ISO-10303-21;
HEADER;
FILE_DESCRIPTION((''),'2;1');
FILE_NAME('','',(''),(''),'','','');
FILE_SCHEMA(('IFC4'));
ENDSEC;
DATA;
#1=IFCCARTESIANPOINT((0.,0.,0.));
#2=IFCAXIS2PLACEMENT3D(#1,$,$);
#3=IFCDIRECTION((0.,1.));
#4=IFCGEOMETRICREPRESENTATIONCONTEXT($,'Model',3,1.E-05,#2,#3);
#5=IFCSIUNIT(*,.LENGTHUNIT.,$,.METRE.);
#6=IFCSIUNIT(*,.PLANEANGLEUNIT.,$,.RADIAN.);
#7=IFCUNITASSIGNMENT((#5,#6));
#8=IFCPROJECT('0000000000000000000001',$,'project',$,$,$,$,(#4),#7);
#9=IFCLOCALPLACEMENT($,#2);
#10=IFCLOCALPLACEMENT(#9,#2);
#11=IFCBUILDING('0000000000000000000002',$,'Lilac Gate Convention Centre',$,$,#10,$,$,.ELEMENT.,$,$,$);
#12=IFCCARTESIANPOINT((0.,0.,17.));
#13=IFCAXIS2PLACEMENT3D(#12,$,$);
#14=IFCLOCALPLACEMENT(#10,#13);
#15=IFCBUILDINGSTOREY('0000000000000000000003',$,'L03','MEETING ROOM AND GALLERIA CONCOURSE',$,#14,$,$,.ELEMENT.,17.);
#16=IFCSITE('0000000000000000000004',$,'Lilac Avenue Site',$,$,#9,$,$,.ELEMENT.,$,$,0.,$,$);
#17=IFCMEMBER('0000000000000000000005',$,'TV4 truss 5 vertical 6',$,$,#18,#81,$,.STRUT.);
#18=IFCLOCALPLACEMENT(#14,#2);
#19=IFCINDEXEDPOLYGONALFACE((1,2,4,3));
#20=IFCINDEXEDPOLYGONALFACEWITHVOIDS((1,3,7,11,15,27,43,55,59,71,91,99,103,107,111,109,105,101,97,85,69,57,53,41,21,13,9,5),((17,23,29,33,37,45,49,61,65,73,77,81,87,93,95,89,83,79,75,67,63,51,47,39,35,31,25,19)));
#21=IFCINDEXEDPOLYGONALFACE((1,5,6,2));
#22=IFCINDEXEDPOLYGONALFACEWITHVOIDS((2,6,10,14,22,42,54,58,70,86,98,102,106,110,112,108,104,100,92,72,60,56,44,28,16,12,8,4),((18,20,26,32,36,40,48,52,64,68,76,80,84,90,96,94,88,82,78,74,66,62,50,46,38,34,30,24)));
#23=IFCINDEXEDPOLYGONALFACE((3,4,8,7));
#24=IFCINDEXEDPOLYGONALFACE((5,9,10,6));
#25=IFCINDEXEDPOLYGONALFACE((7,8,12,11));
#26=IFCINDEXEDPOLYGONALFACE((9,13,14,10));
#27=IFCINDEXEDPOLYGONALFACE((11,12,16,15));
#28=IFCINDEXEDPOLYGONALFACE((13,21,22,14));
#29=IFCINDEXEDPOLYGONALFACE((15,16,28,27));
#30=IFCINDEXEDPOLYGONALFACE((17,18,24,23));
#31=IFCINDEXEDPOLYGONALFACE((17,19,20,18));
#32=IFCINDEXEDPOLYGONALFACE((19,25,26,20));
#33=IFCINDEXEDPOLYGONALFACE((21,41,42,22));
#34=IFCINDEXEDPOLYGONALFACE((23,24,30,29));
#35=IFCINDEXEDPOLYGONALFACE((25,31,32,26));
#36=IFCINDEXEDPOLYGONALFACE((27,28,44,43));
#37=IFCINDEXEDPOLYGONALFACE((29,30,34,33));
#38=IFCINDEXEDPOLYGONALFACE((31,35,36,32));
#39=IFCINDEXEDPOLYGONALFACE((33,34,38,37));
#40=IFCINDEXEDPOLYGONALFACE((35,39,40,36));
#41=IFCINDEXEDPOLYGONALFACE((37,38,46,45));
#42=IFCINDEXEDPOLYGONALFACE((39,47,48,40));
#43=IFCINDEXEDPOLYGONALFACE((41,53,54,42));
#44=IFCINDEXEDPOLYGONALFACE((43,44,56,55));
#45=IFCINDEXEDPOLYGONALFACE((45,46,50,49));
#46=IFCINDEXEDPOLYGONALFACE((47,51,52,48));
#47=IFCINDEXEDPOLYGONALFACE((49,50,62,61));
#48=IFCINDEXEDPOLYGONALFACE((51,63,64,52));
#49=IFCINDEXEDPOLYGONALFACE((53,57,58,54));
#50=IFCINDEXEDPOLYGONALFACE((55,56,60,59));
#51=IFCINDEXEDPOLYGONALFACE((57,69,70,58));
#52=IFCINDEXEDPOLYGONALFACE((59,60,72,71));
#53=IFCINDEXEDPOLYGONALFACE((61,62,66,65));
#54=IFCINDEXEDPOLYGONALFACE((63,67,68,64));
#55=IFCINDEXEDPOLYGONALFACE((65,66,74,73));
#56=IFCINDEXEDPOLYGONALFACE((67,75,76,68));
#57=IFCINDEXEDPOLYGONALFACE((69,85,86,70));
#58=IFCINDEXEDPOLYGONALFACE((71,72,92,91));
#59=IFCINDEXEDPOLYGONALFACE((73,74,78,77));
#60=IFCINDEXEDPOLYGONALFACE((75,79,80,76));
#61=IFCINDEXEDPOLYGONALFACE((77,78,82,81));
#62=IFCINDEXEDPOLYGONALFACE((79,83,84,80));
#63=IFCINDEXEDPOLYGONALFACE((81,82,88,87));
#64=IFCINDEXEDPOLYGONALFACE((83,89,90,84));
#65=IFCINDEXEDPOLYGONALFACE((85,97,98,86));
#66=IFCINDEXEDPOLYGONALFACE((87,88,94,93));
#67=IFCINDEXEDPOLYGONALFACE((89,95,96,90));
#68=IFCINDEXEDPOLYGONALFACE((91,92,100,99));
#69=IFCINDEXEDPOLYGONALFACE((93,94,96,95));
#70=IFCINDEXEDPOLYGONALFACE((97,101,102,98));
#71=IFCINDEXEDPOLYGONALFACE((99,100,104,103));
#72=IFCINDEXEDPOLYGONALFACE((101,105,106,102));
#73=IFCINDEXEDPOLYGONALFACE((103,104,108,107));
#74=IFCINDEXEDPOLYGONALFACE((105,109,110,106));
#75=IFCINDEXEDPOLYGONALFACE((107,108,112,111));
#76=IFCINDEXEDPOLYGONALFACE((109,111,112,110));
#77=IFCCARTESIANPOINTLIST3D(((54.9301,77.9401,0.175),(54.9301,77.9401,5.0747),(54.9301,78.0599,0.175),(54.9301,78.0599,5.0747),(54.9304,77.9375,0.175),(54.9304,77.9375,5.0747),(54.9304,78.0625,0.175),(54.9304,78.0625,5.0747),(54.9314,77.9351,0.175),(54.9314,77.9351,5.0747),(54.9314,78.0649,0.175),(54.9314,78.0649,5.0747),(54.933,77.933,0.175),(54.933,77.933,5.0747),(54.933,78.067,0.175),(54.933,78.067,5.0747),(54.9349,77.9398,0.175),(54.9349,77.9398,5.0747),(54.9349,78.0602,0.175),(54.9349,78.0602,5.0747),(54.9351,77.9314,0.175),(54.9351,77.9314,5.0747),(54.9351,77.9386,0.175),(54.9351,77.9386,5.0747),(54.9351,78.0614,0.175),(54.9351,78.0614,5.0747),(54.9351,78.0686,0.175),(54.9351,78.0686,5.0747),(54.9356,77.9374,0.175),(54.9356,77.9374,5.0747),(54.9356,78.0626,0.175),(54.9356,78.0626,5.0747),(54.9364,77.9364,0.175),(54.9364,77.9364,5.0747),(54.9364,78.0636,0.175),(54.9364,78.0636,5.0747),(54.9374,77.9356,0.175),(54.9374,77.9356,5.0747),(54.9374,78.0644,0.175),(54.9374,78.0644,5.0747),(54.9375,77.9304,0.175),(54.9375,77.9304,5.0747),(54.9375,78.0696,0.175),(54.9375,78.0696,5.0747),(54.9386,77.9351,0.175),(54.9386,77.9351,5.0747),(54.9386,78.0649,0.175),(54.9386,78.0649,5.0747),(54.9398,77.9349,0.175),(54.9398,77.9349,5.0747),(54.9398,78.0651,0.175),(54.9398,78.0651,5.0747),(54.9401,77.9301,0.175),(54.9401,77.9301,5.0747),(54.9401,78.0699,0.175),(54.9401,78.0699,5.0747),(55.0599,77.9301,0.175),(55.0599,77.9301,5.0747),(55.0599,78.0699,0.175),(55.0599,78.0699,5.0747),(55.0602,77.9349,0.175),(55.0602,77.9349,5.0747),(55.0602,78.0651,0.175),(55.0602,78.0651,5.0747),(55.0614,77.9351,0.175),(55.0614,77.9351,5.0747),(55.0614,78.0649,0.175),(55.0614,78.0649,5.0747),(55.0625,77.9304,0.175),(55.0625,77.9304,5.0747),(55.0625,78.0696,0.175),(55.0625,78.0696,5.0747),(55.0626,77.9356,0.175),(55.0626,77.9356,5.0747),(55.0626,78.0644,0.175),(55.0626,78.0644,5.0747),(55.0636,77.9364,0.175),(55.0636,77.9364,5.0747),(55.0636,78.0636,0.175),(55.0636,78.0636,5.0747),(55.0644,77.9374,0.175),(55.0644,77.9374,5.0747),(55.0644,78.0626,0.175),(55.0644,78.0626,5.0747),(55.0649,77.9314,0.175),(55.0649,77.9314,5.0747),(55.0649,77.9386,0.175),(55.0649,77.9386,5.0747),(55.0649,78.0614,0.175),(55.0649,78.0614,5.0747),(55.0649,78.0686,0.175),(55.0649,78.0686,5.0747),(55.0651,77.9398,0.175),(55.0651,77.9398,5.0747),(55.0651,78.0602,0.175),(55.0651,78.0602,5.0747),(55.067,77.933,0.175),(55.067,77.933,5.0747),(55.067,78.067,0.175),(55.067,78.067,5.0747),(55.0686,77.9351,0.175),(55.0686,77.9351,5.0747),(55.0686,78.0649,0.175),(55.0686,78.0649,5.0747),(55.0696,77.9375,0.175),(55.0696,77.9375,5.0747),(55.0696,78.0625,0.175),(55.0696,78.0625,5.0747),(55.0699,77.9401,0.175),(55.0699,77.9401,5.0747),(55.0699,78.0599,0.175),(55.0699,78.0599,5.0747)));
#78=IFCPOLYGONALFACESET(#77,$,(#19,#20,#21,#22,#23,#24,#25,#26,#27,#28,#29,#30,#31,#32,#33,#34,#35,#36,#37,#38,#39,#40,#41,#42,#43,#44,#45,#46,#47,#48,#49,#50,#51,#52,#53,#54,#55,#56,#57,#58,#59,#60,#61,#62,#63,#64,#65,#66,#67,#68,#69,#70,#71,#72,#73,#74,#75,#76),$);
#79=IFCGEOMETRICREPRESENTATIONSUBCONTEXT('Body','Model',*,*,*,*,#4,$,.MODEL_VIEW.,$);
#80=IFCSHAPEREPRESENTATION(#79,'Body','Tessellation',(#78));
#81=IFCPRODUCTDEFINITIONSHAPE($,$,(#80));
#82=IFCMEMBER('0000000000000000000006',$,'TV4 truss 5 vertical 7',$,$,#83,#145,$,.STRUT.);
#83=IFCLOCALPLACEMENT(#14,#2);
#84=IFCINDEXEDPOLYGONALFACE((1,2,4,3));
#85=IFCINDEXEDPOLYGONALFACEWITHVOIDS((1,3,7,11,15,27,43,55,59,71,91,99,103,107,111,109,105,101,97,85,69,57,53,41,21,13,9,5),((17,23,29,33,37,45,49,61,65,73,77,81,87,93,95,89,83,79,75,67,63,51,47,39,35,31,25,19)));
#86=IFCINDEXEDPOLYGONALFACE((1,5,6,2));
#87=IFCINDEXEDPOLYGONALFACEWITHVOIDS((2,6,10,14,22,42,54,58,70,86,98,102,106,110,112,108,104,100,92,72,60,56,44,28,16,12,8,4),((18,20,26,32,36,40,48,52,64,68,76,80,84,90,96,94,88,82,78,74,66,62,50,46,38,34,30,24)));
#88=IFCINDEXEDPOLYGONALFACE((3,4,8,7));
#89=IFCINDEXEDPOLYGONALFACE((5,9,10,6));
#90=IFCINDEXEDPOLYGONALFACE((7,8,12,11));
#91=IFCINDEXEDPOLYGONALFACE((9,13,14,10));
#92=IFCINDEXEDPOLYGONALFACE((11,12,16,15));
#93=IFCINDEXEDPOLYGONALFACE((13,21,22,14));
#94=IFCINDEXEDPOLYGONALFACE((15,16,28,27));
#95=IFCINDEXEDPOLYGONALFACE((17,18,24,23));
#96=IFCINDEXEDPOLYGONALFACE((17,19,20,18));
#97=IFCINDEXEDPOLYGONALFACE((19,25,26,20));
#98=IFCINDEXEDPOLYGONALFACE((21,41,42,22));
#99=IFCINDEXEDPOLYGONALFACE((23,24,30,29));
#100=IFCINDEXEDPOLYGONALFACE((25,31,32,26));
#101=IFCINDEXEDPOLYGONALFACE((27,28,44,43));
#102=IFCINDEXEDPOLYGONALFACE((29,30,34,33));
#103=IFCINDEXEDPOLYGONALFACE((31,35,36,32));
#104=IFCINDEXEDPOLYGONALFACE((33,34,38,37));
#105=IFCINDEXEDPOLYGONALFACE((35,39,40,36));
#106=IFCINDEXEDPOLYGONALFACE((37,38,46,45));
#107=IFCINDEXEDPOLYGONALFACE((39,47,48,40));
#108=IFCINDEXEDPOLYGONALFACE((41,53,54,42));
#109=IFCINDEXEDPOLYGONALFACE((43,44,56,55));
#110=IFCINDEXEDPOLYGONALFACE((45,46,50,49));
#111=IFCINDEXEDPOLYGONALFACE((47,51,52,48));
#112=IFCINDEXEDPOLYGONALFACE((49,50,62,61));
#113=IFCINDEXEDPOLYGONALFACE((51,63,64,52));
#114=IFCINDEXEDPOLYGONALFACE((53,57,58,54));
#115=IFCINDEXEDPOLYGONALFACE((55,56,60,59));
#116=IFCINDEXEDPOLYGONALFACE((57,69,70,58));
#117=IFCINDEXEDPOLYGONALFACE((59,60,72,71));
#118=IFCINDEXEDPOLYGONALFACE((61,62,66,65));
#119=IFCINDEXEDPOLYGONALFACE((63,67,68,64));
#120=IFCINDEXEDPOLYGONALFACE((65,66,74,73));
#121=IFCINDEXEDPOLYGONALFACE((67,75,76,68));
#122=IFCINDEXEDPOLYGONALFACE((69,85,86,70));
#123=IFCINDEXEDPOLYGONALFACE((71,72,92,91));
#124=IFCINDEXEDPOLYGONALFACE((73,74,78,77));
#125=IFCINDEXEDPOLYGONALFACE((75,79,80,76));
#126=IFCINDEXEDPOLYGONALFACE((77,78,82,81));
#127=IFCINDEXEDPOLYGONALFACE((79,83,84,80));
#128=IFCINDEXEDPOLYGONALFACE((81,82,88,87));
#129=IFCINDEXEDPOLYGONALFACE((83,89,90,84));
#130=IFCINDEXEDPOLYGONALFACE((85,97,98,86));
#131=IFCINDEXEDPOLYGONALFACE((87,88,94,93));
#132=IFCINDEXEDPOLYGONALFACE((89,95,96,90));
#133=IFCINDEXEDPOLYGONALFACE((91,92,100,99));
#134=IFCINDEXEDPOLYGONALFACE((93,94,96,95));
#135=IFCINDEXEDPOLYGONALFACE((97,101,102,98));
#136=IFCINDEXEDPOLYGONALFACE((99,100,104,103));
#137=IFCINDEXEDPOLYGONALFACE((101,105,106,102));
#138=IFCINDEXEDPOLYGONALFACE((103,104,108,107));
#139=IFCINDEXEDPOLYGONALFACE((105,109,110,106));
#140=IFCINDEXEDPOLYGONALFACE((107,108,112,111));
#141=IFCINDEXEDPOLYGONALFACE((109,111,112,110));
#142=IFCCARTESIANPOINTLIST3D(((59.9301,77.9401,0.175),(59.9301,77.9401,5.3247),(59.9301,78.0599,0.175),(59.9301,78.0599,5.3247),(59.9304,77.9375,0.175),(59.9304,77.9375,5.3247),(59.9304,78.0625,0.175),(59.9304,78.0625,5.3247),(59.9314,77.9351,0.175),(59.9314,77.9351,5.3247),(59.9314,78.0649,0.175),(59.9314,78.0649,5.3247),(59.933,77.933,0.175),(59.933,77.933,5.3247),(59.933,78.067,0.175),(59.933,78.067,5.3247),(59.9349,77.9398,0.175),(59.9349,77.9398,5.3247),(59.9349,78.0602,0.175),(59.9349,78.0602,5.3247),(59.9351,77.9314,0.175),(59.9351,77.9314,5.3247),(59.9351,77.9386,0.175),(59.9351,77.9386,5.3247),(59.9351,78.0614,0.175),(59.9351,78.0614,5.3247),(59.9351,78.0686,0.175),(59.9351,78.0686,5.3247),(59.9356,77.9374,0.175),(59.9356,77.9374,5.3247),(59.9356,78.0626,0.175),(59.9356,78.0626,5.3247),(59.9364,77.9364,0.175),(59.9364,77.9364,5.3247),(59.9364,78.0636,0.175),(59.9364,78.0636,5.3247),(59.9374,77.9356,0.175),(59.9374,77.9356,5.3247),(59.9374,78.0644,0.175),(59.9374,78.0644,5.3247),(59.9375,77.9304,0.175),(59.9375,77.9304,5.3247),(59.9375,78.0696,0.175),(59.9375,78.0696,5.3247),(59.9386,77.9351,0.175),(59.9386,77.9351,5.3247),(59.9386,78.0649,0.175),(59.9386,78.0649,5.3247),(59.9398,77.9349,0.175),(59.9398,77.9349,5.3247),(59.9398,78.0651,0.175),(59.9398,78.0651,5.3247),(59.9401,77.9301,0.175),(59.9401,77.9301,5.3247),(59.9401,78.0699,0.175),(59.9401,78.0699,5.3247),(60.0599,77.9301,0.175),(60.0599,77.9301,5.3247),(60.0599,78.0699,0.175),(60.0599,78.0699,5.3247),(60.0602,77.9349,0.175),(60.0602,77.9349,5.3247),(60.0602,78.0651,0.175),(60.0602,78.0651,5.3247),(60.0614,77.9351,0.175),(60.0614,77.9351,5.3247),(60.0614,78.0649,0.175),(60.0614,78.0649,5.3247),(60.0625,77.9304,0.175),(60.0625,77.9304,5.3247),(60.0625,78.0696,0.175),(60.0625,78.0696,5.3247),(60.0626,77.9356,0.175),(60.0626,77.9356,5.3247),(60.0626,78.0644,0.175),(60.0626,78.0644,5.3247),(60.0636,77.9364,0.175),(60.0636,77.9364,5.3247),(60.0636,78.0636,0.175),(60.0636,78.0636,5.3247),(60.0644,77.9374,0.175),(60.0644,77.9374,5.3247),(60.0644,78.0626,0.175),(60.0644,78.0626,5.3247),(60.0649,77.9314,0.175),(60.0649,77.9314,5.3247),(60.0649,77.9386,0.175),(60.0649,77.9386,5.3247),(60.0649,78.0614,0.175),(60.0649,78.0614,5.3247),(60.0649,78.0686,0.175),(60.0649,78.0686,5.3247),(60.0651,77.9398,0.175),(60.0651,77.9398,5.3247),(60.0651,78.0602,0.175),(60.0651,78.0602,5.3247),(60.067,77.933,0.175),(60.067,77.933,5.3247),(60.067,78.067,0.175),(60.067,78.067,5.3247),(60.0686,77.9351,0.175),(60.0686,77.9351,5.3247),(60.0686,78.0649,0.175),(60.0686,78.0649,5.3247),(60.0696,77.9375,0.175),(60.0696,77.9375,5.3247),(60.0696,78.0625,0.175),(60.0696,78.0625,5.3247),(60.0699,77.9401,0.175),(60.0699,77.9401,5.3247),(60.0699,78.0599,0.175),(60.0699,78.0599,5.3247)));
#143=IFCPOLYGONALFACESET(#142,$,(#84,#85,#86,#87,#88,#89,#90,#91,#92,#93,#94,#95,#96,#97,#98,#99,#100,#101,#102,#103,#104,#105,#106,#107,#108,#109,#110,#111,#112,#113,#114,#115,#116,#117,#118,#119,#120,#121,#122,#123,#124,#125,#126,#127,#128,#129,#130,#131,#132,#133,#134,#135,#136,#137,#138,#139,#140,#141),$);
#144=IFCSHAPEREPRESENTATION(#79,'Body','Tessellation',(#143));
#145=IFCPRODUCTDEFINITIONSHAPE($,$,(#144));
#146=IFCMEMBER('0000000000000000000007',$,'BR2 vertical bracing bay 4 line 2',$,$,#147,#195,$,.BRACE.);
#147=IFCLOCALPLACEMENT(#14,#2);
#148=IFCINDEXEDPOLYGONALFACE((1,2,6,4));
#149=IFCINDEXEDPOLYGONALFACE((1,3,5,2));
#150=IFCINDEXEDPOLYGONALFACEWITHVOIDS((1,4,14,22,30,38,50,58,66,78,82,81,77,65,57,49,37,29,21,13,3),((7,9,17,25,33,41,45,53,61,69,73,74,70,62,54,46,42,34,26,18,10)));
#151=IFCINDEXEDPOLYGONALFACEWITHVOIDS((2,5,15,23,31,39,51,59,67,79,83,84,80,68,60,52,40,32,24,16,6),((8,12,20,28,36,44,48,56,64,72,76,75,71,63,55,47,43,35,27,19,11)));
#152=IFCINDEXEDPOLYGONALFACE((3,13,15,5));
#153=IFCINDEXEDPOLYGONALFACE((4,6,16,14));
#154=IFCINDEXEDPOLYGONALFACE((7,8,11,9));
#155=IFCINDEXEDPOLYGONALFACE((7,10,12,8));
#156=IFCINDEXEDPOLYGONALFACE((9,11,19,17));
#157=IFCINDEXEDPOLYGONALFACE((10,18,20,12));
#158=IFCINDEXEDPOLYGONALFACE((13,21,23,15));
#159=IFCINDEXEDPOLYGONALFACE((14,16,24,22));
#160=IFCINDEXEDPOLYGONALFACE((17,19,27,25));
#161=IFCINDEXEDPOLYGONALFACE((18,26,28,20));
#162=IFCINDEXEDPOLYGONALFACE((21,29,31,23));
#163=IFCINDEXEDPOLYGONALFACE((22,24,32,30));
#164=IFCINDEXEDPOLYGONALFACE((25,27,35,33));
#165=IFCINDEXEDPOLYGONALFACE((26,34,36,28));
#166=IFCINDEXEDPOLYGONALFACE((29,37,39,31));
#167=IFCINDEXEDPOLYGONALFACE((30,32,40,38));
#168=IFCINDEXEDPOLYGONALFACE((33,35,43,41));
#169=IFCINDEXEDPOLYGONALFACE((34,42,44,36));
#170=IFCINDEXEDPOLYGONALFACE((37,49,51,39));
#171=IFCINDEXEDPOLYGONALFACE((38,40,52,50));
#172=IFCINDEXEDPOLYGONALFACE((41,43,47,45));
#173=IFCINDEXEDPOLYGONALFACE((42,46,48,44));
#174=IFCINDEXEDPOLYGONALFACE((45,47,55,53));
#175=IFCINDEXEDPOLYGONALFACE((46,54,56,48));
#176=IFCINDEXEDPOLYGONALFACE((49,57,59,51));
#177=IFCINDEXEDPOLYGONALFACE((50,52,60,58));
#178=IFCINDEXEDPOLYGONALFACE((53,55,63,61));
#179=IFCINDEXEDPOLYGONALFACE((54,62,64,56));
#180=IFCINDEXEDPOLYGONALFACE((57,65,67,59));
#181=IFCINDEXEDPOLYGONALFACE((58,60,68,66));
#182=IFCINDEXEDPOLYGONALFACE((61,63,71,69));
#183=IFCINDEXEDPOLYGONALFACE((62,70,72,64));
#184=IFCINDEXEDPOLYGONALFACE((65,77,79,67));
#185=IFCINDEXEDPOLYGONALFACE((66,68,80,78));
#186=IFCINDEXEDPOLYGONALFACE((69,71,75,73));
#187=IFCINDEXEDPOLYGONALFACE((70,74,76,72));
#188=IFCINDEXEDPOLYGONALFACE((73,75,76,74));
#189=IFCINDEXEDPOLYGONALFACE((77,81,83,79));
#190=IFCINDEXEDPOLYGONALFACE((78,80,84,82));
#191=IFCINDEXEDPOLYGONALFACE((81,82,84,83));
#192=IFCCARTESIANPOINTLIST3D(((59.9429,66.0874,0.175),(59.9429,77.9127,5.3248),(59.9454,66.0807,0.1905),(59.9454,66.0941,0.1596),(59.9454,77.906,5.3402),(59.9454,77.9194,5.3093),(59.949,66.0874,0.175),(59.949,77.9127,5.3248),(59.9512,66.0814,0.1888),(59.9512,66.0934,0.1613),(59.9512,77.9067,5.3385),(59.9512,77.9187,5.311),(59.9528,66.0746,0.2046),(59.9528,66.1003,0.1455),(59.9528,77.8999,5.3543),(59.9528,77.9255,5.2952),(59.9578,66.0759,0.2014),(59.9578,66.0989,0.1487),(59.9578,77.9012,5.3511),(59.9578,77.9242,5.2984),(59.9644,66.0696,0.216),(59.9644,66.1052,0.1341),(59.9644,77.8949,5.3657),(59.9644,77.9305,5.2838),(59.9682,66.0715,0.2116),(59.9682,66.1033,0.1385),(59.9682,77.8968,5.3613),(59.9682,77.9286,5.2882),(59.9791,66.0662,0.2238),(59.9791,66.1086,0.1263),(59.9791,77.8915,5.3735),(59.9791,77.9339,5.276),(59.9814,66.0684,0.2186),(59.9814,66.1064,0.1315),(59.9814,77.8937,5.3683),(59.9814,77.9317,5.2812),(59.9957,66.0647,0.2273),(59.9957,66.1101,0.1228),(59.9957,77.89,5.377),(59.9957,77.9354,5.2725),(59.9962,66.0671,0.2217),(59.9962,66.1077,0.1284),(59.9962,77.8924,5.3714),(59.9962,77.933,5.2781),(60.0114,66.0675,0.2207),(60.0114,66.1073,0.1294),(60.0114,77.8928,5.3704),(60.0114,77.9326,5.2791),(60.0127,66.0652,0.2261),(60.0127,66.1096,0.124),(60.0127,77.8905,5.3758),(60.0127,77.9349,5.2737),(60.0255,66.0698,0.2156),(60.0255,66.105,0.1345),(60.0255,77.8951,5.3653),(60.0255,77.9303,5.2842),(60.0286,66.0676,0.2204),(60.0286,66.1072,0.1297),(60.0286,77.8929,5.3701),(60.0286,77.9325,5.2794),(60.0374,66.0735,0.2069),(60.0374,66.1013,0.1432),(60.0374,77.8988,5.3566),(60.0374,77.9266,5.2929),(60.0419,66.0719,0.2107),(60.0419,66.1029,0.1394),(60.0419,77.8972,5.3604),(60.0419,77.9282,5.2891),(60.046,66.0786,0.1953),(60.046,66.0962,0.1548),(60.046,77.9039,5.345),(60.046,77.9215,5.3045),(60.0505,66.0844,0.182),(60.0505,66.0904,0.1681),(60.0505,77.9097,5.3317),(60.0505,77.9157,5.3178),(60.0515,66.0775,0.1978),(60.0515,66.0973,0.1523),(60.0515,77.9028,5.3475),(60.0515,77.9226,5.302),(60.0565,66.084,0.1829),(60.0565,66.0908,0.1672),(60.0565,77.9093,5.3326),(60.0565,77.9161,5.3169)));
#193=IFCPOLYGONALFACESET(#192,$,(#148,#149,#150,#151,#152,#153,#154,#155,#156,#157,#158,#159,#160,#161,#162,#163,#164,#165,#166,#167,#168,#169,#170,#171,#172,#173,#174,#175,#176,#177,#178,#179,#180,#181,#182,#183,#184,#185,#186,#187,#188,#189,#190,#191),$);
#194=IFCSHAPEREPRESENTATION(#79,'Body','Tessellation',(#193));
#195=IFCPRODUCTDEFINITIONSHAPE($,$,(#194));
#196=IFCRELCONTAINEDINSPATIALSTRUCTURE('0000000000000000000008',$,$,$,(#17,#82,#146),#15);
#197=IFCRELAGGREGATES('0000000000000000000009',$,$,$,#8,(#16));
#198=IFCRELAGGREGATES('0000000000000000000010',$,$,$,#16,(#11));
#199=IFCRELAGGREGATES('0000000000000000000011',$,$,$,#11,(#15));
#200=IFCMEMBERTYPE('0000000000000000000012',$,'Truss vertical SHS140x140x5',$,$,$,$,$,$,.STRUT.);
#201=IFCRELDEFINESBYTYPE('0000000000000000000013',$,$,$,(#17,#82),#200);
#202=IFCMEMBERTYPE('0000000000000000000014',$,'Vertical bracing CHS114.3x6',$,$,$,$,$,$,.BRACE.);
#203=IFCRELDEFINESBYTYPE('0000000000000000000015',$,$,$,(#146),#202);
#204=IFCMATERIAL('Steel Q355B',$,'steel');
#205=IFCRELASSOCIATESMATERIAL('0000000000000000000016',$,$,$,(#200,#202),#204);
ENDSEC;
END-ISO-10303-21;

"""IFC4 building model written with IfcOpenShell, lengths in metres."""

from ifc_helpers import new_model, si_unit, direction, frame, origin, origin_2d, place, context, subcontext, project, spatial, hollow_rectangle, hollow_circle, extrude, material, material_profile, profile_set, type_object, element, save


model = new_model("IFC4")

# Units and contexts
model_context = context("Model", 3, precision=1e-05, world=origin(), true_north=direction((0.0, 1.0)))
body_context = subcontext(model_context, "Body", "Model", "MODEL_VIEW")
ifc_project = project(units=[si_unit("LENGTHUNIT", "METRE"), si_unit("PLANEANGLEUNIT", "RADIAN")], contexts=[model_context])

# Site, building, storey
site_placement = place(None, origin())
site = spatial("IfcSite", under=ifc_project, at=site_placement, Name="Lilac Avenue Site", CompositionType="ELEMENT", RefElevation=0.0)
building_placement = place(site_placement, origin())
building = spatial("IfcBuilding", under=site, at=building_placement, Name="Lilac Gate Convention Centre", CompositionType="ELEMENT")
storey_placement = place(building_placement, frame((0.0, 0.0, 17.0)))
storey = spatial("IfcBuildingStorey", under=building, at=storey_placement, Name="L03", Description="MEETING ROOM AND GALLERIA CONCOURSE", CompositionType="ELEMENT", Elevation=17.0)

# Members
ifc_material = material(Name="Steel Q355B", Category="steel")
ifc_material_profile_1 = material_profile(ifc_material, hollow_rectangle(XDim=0.1399, YDim=0.1399, WallThickness=0.0049, InnerFilletRadius=0.0049, OuterFilletRadius=0.01, at=origin_2d()), Name="SHS140x140x5")
ifc_profile_set_1 = profile_set([ifc_material_profile_1], Name="Steel Q355B")
member_type_1 = type_object("IfcMemberType", Name="Truss vertical SHS140x140x5", PredefinedType="STRUT", material=ifc_profile_set_1)
member_1_placement = place(storey_placement, frame((55.0, 78.0, 0.175), z_axis=(0.0, 0.0, 1.0), x_axis=(1.0, 0.0, 0.0)))
element("IfcMember", 1, at=member_1_placement, inside=storey, type_object=member_type_1, Name="TV4 truss 5 vertical 6", PredefinedType="STRUT", context=body_context, shape_type="SweptSolid", body=[
    extrude(hollow_rectangle(XDim=0.1399, YDim=0.1399, WallThickness=0.0049, InnerFilletRadius=0.0049, OuterFilletRadius=0.01, at=origin_2d()), origin(), (0.0, 0.0, 1.0), 4.8997),
])
member_2_placement = place(storey_placement, frame((60.0, 78.0, 0.175), z_axis=(0.0, 0.0, 1.0), x_axis=(1.0, 0.0, 0.0)))
element("IfcMember", 2, at=member_2_placement, inside=storey, type_object=member_type_1, Name="TV4 truss 5 vertical 7", PredefinedType="STRUT", context=body_context, shape_type="SweptSolid", body=[
    extrude(hollow_rectangle(XDim=0.1399, YDim=0.1399, WallThickness=0.0049, InnerFilletRadius=0.0049, OuterFilletRadius=0.01, at=origin_2d()), origin(), (0.0, 0.0, 1.0), 5.1497),
])
ifc_material_profile_2 = material_profile(ifc_material, hollow_circle(Radius=0.0571, WallThickness=0.0061, at=origin_2d()), Name="CHS114.3x6")
ifc_profile_set_2 = profile_set([ifc_material_profile_2], Name="Steel Q355B")
member_type_2 = type_object("IfcMemberType", Name="Vertical bracing CHS114.3x6", PredefinedType="BRACE", material=ifc_profile_set_2)
member_3_placement = place(storey_placement, frame((60.0, 66.0874, 0.175), z_axis=(0.0, 0.916835, 0.399265), x_axis=(-1.0, 0.0, 0.0)))
element("IfcMember", 3, at=member_3_placement, inside=storey, type_object=member_type_2, Name="BR2 vertical bracing bay 4 line 2", PredefinedType="BRACE", context=body_context, shape_type="SweptSolid", body=[
    extrude(hollow_circle(Radius=0.0571, WallThickness=0.0061, at=origin_2d()), origin(), (0.0, 0.0, 1.0), 12.8979),
])

save(model, "model.ifc")
